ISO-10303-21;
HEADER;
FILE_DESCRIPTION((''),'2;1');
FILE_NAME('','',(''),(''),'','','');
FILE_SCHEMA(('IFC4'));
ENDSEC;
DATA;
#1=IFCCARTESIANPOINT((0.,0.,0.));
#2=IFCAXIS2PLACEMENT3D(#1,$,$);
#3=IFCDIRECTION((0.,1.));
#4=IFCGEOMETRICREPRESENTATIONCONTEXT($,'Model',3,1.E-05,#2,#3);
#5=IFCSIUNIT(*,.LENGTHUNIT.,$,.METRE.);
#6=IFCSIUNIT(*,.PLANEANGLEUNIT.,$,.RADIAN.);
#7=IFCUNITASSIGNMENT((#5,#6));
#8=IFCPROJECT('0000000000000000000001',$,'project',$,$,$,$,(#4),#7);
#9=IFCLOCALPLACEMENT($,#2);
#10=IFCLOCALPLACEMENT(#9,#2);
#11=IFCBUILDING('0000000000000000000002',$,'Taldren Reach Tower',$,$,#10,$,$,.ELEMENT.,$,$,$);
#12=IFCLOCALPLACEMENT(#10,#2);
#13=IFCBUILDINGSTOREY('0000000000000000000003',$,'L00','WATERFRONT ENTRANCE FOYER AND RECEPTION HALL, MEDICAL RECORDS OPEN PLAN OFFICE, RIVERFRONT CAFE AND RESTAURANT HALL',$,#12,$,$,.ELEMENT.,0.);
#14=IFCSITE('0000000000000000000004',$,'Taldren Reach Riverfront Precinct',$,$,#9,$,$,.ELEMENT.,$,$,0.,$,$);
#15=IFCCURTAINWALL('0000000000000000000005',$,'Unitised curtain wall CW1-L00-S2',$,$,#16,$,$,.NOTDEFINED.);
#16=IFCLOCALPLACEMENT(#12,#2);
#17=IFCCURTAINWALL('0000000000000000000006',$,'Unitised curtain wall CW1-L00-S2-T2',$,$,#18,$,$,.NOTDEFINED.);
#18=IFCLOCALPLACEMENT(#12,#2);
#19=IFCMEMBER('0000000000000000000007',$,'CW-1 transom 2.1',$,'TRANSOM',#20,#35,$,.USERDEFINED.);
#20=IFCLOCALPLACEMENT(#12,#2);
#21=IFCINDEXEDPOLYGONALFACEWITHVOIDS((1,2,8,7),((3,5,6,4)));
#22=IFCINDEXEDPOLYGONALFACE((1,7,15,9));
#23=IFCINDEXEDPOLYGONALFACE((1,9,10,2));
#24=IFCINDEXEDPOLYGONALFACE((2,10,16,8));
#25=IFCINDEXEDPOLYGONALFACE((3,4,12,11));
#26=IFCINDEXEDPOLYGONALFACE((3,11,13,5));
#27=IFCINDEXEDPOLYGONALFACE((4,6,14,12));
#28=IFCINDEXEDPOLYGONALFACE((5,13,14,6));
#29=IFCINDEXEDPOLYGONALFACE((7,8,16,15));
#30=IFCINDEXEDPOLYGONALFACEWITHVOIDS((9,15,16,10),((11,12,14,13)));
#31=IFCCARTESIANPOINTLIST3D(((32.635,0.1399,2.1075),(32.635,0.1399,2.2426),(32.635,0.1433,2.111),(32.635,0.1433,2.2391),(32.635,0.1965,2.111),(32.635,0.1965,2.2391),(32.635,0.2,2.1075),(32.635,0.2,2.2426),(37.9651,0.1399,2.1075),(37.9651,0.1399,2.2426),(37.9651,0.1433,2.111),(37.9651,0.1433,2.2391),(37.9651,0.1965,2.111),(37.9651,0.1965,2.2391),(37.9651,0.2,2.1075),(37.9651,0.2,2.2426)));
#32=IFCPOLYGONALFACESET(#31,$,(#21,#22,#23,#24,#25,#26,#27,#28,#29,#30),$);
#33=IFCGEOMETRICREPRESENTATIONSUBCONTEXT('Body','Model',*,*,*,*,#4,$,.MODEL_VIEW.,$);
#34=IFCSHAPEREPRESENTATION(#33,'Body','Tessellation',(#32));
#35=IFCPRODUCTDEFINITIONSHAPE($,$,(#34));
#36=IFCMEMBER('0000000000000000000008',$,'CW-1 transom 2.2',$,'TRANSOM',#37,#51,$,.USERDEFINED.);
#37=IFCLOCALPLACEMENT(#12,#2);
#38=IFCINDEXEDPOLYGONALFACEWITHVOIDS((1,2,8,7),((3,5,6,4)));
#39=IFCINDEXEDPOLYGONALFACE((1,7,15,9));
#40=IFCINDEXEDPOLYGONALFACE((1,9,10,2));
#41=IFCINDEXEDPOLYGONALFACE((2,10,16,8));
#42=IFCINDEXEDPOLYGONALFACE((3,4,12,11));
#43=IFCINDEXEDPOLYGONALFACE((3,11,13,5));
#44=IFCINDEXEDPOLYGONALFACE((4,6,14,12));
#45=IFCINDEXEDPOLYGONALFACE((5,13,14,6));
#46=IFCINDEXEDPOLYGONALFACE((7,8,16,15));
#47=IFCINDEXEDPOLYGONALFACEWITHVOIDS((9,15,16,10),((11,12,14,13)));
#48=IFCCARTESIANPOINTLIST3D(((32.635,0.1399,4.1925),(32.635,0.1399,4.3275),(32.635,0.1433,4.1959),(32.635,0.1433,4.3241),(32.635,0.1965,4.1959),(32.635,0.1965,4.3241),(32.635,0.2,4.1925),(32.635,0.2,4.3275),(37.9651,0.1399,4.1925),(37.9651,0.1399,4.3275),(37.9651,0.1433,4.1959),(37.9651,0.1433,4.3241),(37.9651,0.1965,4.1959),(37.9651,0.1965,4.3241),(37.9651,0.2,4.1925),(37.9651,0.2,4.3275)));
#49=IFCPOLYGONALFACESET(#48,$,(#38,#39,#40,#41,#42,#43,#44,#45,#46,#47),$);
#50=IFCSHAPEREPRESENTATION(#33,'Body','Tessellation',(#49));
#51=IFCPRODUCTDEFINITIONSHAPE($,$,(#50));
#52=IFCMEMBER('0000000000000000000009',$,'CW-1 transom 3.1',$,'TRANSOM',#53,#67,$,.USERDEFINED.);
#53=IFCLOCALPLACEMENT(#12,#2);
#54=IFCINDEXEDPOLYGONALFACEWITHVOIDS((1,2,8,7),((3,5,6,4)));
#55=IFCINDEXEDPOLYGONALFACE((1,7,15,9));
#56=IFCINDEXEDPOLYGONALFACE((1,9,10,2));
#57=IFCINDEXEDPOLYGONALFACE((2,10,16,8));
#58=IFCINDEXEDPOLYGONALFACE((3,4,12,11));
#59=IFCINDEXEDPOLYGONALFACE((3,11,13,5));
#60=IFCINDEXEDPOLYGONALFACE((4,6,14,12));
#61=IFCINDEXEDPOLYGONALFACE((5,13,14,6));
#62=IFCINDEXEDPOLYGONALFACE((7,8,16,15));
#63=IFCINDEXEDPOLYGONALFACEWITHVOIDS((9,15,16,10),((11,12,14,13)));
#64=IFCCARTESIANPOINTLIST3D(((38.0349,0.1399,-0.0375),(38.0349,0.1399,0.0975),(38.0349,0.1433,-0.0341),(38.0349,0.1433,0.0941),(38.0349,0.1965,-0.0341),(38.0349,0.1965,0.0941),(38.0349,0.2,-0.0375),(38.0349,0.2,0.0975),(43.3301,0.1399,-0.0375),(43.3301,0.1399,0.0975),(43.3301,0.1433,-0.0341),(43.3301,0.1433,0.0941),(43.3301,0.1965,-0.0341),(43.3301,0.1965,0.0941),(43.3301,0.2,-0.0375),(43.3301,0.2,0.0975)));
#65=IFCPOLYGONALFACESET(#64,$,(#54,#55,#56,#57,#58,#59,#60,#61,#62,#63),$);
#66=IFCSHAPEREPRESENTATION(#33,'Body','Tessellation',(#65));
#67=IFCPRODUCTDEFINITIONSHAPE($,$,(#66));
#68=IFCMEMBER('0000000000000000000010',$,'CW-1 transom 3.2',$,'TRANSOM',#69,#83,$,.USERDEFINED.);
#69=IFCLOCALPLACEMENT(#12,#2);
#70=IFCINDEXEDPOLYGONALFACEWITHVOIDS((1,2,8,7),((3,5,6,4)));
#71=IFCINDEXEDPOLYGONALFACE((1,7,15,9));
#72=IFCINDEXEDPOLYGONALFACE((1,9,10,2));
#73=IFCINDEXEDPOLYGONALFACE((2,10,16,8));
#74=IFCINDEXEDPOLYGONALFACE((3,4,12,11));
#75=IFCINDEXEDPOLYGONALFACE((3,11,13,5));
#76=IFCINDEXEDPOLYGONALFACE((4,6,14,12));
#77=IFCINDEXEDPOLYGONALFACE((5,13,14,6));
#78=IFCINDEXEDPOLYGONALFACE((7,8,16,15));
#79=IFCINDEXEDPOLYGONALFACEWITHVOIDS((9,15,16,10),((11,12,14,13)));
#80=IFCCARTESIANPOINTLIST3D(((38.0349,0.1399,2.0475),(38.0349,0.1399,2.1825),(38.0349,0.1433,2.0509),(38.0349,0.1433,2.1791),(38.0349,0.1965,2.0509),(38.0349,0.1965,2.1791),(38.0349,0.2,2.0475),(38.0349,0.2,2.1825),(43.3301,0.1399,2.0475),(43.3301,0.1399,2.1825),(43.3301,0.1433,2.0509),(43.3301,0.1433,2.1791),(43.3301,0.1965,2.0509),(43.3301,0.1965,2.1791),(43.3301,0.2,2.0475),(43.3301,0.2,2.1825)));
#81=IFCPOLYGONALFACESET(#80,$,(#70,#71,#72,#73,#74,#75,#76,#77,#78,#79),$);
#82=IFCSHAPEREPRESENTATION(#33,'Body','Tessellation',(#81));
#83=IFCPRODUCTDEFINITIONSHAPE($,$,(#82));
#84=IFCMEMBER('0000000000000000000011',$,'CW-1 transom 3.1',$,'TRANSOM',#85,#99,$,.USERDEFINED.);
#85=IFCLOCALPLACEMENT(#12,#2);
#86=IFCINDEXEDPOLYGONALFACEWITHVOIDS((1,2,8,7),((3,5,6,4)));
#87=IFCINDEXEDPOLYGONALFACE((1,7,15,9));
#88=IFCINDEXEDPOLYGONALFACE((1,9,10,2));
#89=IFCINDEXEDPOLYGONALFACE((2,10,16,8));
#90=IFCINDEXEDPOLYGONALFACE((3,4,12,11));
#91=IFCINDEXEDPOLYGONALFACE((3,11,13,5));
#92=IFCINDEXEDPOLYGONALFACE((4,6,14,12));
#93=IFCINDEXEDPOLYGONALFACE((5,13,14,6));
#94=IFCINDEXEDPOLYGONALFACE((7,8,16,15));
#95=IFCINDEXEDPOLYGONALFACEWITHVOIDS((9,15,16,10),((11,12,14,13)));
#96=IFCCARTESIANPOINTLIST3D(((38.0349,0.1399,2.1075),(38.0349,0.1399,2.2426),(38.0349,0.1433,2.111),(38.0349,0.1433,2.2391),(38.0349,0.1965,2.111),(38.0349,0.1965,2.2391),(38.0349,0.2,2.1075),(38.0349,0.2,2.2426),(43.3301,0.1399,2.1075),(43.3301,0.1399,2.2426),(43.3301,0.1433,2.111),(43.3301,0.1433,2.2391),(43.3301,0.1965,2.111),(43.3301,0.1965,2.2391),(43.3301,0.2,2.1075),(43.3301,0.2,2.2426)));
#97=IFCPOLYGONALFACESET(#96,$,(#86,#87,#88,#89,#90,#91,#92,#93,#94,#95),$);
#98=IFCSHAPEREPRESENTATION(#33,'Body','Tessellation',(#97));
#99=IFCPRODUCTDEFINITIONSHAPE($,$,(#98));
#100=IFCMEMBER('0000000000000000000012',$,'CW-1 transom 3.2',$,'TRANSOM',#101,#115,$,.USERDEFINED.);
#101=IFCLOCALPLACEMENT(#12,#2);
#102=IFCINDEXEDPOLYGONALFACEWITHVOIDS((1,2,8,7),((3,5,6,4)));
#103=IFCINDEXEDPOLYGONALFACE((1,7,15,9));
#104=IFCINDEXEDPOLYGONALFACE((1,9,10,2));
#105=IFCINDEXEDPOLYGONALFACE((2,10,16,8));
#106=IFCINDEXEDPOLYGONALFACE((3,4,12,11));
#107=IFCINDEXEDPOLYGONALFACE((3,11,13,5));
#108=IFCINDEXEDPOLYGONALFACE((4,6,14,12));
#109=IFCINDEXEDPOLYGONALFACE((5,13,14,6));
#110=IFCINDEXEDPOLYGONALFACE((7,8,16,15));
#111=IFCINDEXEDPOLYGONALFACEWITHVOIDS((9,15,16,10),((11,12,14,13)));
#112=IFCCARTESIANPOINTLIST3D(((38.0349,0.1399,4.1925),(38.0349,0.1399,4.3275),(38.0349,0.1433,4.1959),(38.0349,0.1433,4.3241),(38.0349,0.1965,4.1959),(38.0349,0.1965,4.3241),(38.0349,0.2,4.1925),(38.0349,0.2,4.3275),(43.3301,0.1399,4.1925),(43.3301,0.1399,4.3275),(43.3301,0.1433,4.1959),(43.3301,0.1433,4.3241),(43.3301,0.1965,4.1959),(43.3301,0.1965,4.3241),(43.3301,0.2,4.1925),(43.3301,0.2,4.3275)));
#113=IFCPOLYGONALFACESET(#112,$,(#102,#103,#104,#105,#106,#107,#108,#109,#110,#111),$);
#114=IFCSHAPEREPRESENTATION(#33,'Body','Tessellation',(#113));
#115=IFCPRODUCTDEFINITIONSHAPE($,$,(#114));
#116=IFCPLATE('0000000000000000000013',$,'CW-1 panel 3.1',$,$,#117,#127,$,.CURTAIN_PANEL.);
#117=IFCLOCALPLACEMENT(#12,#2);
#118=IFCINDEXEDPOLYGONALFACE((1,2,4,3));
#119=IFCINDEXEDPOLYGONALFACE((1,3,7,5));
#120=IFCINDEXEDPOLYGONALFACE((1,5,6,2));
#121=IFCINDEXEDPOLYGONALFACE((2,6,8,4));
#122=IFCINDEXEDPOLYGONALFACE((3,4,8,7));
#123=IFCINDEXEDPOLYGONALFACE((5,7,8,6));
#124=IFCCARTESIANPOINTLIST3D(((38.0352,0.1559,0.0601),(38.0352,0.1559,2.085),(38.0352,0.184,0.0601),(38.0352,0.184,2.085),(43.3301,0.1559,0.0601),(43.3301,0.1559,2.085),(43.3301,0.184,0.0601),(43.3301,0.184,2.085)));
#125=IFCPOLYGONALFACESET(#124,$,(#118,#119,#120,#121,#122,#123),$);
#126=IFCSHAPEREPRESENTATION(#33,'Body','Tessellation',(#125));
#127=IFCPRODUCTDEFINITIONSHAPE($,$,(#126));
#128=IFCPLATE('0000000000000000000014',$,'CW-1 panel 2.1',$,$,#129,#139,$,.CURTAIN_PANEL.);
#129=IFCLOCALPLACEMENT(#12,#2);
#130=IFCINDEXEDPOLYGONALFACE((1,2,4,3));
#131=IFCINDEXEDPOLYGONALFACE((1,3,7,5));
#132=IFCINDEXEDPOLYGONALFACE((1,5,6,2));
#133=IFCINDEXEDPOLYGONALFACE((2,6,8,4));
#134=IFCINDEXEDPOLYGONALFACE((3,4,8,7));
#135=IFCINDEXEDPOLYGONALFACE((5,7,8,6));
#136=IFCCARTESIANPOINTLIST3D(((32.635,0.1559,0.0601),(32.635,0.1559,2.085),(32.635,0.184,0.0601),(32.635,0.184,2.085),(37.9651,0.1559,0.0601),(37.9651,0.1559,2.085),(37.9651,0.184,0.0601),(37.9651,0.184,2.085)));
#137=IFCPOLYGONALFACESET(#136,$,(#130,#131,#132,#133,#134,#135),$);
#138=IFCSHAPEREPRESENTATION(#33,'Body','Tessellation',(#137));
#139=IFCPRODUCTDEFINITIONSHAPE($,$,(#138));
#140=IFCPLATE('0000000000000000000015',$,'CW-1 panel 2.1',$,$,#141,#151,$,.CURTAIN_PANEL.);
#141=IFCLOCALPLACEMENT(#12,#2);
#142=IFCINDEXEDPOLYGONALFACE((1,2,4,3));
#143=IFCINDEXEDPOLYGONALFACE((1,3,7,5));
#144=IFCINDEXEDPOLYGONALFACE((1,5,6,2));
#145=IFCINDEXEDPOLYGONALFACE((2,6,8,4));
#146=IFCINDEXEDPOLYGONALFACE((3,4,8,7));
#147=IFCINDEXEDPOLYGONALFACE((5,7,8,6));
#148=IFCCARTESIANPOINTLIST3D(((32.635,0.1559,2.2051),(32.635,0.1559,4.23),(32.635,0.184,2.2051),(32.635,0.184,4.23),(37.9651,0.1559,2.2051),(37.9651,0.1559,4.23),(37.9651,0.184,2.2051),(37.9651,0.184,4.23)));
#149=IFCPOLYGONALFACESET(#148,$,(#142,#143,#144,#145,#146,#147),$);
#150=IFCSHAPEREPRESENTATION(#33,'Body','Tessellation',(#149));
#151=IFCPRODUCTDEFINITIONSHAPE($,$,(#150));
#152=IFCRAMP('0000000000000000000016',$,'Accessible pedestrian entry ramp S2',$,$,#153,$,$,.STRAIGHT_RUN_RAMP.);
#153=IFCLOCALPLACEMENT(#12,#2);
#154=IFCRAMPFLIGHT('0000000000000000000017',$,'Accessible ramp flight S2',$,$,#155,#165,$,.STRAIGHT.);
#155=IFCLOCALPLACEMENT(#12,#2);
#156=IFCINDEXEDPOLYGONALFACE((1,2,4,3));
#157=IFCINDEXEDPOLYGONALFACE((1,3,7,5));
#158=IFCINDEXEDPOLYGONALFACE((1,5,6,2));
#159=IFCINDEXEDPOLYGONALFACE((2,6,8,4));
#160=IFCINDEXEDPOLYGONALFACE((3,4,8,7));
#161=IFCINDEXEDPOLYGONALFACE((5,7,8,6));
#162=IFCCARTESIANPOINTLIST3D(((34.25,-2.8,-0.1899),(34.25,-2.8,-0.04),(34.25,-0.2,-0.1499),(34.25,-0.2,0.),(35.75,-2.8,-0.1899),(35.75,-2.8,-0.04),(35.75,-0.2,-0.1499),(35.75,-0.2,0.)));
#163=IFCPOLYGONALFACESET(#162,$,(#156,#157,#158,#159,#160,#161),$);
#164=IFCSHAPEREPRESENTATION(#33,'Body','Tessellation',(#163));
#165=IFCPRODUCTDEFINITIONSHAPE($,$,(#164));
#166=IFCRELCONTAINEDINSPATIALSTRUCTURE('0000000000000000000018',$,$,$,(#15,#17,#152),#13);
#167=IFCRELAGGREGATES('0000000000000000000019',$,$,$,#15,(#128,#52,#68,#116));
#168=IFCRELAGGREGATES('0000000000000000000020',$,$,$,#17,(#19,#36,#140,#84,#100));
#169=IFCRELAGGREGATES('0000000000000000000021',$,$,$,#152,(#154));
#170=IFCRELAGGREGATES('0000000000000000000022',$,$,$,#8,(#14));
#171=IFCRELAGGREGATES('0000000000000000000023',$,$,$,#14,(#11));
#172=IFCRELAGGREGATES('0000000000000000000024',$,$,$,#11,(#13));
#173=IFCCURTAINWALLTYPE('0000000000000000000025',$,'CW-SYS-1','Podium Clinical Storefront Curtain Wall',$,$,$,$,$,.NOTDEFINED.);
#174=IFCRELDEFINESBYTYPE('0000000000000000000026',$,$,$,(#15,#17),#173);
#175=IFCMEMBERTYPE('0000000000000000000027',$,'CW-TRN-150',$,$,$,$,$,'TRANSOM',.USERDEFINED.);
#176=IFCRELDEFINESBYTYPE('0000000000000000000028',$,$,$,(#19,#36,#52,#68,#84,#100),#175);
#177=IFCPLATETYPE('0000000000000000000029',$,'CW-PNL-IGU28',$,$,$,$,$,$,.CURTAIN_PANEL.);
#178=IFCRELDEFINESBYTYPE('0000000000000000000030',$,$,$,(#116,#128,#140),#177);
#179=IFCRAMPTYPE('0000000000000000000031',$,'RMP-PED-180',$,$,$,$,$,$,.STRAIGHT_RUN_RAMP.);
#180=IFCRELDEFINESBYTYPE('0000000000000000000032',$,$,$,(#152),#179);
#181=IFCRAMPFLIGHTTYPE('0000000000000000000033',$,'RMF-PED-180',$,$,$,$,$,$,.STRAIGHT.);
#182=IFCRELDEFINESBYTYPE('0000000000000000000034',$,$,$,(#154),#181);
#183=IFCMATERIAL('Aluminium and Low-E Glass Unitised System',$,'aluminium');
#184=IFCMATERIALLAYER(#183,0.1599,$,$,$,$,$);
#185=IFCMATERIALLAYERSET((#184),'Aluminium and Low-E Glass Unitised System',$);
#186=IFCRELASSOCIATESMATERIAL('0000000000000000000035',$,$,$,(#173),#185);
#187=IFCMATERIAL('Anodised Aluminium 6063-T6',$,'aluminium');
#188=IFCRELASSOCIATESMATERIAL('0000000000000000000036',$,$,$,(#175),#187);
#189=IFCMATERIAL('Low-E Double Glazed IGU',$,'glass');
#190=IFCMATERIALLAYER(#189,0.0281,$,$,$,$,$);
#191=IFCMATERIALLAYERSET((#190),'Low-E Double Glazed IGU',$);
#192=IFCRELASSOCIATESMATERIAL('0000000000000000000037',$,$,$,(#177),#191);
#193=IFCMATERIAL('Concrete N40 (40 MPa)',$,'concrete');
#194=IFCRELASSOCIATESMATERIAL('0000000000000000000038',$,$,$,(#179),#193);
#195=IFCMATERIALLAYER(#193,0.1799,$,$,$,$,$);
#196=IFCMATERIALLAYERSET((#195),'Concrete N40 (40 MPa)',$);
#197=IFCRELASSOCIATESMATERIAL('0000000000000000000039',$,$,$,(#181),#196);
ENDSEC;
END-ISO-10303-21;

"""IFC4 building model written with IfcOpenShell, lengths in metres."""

from ifc_helpers import new_model, si_unit, direction, frame, origin, origin_2d, place, context, subcontext, project, spatial, polyline, rectangle, hollow_rectangle, outline, extrude, source, transform, mapped, material, layer, layer_set, material_profile, profile_set, type_object, element, aggregate, save


model = new_model("IFC4")

# Units and contexts
model_context = context("Model", 3, precision=1e-05, world=origin(), true_north=direction((0.0, 1.0)))
body_context = subcontext(model_context, "Body", "Model", "MODEL_VIEW")
ifc_project = project(units=[si_unit("LENGTHUNIT", "METRE"), si_unit("PLANEANGLEUNIT", "RADIAN")], contexts=[model_context])

# Site, building, storey
site_placement = place(None, origin())
site = spatial("IfcSite", under=ifc_project, at=site_placement, Name="Taldren Reach Riverfront Precinct", CompositionType="ELEMENT", RefElevation=0.0)
building_placement = place(site_placement, origin())
building = spatial("IfcBuilding", under=site, at=building_placement, Name="Taldren Reach Tower", CompositionType="ELEMENT")
storey_placement = place(building_placement, origin())
storey = spatial("IfcBuildingStorey", under=building, at=storey_placement, Name="L00", Description="WATERFRONT ENTRANCE FOYER AND RECEPTION HALL, MEDICAL RECORDS OPEN PLAN OFFICE, RIVERFRONT CAFE AND RESTAURANT HALL", CompositionType="ELEMENT", Elevation=0.0)

# Curtain walls
ifc_material_1 = material(Name="Aluminium and Low-E Glass Unitised System", Category="aluminium")
ifc_layer_1 = layer(ifc_material_1, 0.1599)
ifc_layer_set_1 = layer_set([ifc_layer_1], Name="Aluminium and Low-E Glass Unitised System")
curtain_wall_type = type_object("IfcCurtainWallType", Name="CW-SYS-1", Description="Podium Clinical Storefront Curtain Wall", PredefinedType="NOTDEFINED", material=ifc_layer_set_1)
curtain_wall_1_placement = place(storey_placement, origin())
curtain_wall_1 = element("IfcCurtainWall", 1, at=curtain_wall_1_placement, inside=storey, type_object=curtain_wall_type, Name="Unitised curtain wall CW1-L00-S2", PredefinedType="NOTDEFINED")
ifc_material_2 = material(Name="Anodised Aluminium 6063-T6", Category="aluminium")
curtain_wall_2_placement = place(storey_placement, origin())
curtain_wall_2 = element("IfcCurtainWall", 2, at=curtain_wall_2_placement, inside=storey, type_object=curtain_wall_type, Name="Unitised curtain wall CW1-L00-S2-T2", PredefinedType="NOTDEFINED")

# Members
ifc_material_profile_1 = material_profile(ifc_material_2, hollow_rectangle(XDim=0.0601, YDim=0.135, WallThickness=0.0034, at=origin_2d()), Name="ALU-135x60x3.5RHS")
ifc_profile_set_1 = profile_set([ifc_material_profile_1], Name="Anodised Aluminium 6063-T6")
member_type_1 = type_object("IfcMemberType", Name="CW-TRN-150", ElementType="TRANSOM", PredefinedType="USERDEFINED", material=ifc_profile_set_1)
shared_shape_1 = source(origin(), body_context, "Body", "SweptSolid", [
    extrude(hollow_rectangle(XDim=0.0601, YDim=0.135, WallThickness=0.0034, at=origin_2d()), origin(), (0.0, 0.0, 1.0), 5.3301),
])
member_1_placement = place(storey_placement, frame((32.635, 0.1699, 2.175), z_axis=(1.0, 0.0, 0.0), x_axis=(0.0, 1.0, 0.0)))
member_1 = element("IfcMember", 3, at=member_1_placement, type_object=member_type_1, Name="CW-1 transom 2.1", ObjectType="TRANSOM", PredefinedType="USERDEFINED", context=body_context, shape_type="MappedRepresentation", body=[
    mapped(shared_shape_1, transform((0.0, 0.0, 0.0), scale=1.0)),
])
member_2_placement = place(storey_placement, frame((32.635, 0.1699, 4.26), z_axis=(1.0, 0.0, 0.0), x_axis=(0.0, 1.0, 0.0)))
member_2 = element("IfcMember", 4, at=member_2_placement, type_object=member_type_1, Name="CW-1 transom 2.2", ObjectType="TRANSOM", PredefinedType="USERDEFINED", context=body_context, shape_type="MappedRepresentation", body=[
    mapped(shared_shape_1, transform((0.0, 0.0, 0.0), scale=1.0)),
])
shared_shape_2 = source(origin(), body_context, "Body", "SweptSolid", [
    extrude(hollow_rectangle(XDim=0.0601, YDim=0.135, WallThickness=0.0034, at=origin_2d()), origin(), (0.0, 0.0, 1.0), 5.2952),
])
member_3_placement = place(storey_placement, frame((38.0349, 0.1699, 0.03), z_axis=(1.0, 0.0, 0.0), x_axis=(0.0, 1.0, 0.0)))
member_3 = element("IfcMember", 5, at=member_3_placement, type_object=member_type_1, Name="CW-1 transom 3.1", ObjectType="TRANSOM", PredefinedType="USERDEFINED", context=body_context, shape_type="MappedRepresentation", body=[
    mapped(shared_shape_2, transform((0.0, 0.0, 0.0), scale=1.0)),
])
member_4_placement = place(storey_placement, frame((38.0349, 0.1699, 2.115), z_axis=(1.0, 0.0, 0.0), x_axis=(0.0, 1.0, 0.0)))
member_4 = element("IfcMember", 6, at=member_4_placement, type_object=member_type_1, Name="CW-1 transom 3.2", ObjectType="TRANSOM", PredefinedType="USERDEFINED", context=body_context, shape_type="MappedRepresentation", body=[
    mapped(shared_shape_2, transform((0.0, 0.0, 0.0), scale=1.0)),
])
member_5_placement = place(storey_placement, frame((38.0349, 0.1699, 2.175), z_axis=(1.0, 0.0, 0.0), x_axis=(0.0, 1.0, 0.0)))
member_5 = element("IfcMember", 7, at=member_5_placement, type_object=member_type_1, Name="CW-1 transom 3.1", ObjectType="TRANSOM", PredefinedType="USERDEFINED", context=body_context, shape_type="MappedRepresentation", body=[
    mapped(shared_shape_2, transform((0.0, 0.0, 0.0), scale=1.0)),
])
member_6_placement = place(storey_placement, frame((38.0349, 0.1699, 4.26), z_axis=(1.0, 0.0, 0.0), x_axis=(0.0, 1.0, 0.0)))
member_6 = element("IfcMember", 8, at=member_6_placement, type_object=member_type_1, Name="CW-1 transom 3.2", ObjectType="TRANSOM", PredefinedType="USERDEFINED", context=body_context, shape_type="MappedRepresentation", body=[
    mapped(shared_shape_2, transform((0.0, 0.0, 0.0), scale=1.0)),
])

# Plates
ifc_material_3 = material(Name="Low-E Double Glazed IGU", Category="glass")
ifc_layer_2 = layer(ifc_material_3, 0.0281)
ifc_layer_set_2 = layer_set([ifc_layer_2], Name="Low-E Double Glazed IGU")
plate_type = type_object("IfcPlateType", Name="CW-PNL-IGU28", PredefinedType="CURTAIN_PANEL", material=ifc_layer_set_2)
shared_shape_3 = source(origin(), body_context, "Body", "SweptSolid", [
    extrude(rectangle(XDim=5.2949, YDim=0.0281, at=origin_2d()), origin(), (0.0, 0.0, 1.0), 2.0249),
])
plate_1_placement = place(storey_placement, frame((40.6826, 0.1699, 0.0601), z_axis=(0.0, 0.0, 1.0), x_axis=(1.0, 0.0, 0.0)))
plate_1 = element("IfcPlate", 9, at=plate_1_placement, type_object=plate_type, Name="CW-1 panel 3.1", PredefinedType="CURTAIN_PANEL", context=body_context, shape_type="MappedRepresentation", body=[
    mapped(shared_shape_3, transform((0.0, 0.0, 0.0), scale=1.0)),
])
shared_shape_4 = source(origin(), body_context, "Body", "SweptSolid", [
    extrude(rectangle(XDim=5.3301, YDim=0.0281, at=origin_2d()), origin(), (0.0, 0.0, 1.0), 2.0249),
])
plate_2_placement = place(storey_placement, frame((35.3, 0.1699, 0.0601), z_axis=(0.0, 0.0, 1.0), x_axis=(1.0, 0.0, 0.0)))
plate_2 = element("IfcPlate", 10, at=plate_2_placement, type_object=plate_type, Name="CW-1 panel 2.1", PredefinedType="CURTAIN_PANEL", context=body_context, shape_type="MappedRepresentation", body=[
    mapped(shared_shape_4, transform((0.0, 0.0, 0.0), scale=1.0)),
])
aggregate(curtain_wall_1, [plate_2, member_3, member_4, plate_1])
plate_3_placement = place(storey_placement, frame((35.3, 0.1699, 2.2051), z_axis=(0.0, 0.0, 1.0), x_axis=(1.0, 0.0, 0.0)))
plate_3 = element("IfcPlate", 11, at=plate_3_placement, type_object=plate_type, Name="CW-1 panel 2.1", PredefinedType="CURTAIN_PANEL", context=body_context, shape_type="MappedRepresentation", body=[
    mapped(shared_shape_4, transform((0.0, 0.0, 0.0), scale=1.0)),
])
aggregate(curtain_wall_2, [member_1, member_2, plate_3, member_5, member_6])

# Ramp, ramp flight
ifc_material_4 = material(Name="Concrete N40 (40 MPa)", Category="concrete")
ramp_type = type_object("IfcRampType", Name="RMP-PED-180", PredefinedType="STRAIGHT_RUN_RAMP", material=ifc_material_4)
ramp_placement = place(storey_placement, origin())
ramp = element("IfcRamp", 12, at=ramp_placement, inside=storey, type_object=ramp_type, Name="Accessible pedestrian entry ramp S2", PredefinedType="STRAIGHT_RUN_RAMP")
ifc_layer_3 = layer(ifc_material_4, 0.1799)
ifc_layer_set_3 = layer_set([ifc_layer_3], Name="Concrete N40 (40 MPa)")
ramp_flight_type = type_object("IfcRampFlightType", Name="RMF-PED-180", PredefinedType="STRAIGHT", material=ifc_layer_set_3)
ramp_flight_placement = place(storey_placement, frame((35.0, -2.8, -0.04), z_axis=(0.0, 0.0, 1.0), x_axis=(0.0, 1.0, 0.0)))
ramp_flight = element("IfcRampFlight", 13, at=ramp_flight_placement, type_object=ramp_flight_type, Name="Accessible ramp flight S2", PredefinedType="STRAIGHT", context=body_context, shape_type="SweptSolid", body=[
    extrude(outline(polyline([(0.0, -0.1499), (0.0, 0.0), (2.6001, 0.04), (2.6001, -0.1099), (0.0, -0.1499)])), frame((0.0, 0.75, 0.0), z_axis=(0.0, -1.0, 0.0), x_axis=(1.0, 0.0, 0.0)), (0.0, 0.0, 1.0), 1.5),
])
aggregate(ramp, [ramp_flight])

save(model, "model.ifc")
